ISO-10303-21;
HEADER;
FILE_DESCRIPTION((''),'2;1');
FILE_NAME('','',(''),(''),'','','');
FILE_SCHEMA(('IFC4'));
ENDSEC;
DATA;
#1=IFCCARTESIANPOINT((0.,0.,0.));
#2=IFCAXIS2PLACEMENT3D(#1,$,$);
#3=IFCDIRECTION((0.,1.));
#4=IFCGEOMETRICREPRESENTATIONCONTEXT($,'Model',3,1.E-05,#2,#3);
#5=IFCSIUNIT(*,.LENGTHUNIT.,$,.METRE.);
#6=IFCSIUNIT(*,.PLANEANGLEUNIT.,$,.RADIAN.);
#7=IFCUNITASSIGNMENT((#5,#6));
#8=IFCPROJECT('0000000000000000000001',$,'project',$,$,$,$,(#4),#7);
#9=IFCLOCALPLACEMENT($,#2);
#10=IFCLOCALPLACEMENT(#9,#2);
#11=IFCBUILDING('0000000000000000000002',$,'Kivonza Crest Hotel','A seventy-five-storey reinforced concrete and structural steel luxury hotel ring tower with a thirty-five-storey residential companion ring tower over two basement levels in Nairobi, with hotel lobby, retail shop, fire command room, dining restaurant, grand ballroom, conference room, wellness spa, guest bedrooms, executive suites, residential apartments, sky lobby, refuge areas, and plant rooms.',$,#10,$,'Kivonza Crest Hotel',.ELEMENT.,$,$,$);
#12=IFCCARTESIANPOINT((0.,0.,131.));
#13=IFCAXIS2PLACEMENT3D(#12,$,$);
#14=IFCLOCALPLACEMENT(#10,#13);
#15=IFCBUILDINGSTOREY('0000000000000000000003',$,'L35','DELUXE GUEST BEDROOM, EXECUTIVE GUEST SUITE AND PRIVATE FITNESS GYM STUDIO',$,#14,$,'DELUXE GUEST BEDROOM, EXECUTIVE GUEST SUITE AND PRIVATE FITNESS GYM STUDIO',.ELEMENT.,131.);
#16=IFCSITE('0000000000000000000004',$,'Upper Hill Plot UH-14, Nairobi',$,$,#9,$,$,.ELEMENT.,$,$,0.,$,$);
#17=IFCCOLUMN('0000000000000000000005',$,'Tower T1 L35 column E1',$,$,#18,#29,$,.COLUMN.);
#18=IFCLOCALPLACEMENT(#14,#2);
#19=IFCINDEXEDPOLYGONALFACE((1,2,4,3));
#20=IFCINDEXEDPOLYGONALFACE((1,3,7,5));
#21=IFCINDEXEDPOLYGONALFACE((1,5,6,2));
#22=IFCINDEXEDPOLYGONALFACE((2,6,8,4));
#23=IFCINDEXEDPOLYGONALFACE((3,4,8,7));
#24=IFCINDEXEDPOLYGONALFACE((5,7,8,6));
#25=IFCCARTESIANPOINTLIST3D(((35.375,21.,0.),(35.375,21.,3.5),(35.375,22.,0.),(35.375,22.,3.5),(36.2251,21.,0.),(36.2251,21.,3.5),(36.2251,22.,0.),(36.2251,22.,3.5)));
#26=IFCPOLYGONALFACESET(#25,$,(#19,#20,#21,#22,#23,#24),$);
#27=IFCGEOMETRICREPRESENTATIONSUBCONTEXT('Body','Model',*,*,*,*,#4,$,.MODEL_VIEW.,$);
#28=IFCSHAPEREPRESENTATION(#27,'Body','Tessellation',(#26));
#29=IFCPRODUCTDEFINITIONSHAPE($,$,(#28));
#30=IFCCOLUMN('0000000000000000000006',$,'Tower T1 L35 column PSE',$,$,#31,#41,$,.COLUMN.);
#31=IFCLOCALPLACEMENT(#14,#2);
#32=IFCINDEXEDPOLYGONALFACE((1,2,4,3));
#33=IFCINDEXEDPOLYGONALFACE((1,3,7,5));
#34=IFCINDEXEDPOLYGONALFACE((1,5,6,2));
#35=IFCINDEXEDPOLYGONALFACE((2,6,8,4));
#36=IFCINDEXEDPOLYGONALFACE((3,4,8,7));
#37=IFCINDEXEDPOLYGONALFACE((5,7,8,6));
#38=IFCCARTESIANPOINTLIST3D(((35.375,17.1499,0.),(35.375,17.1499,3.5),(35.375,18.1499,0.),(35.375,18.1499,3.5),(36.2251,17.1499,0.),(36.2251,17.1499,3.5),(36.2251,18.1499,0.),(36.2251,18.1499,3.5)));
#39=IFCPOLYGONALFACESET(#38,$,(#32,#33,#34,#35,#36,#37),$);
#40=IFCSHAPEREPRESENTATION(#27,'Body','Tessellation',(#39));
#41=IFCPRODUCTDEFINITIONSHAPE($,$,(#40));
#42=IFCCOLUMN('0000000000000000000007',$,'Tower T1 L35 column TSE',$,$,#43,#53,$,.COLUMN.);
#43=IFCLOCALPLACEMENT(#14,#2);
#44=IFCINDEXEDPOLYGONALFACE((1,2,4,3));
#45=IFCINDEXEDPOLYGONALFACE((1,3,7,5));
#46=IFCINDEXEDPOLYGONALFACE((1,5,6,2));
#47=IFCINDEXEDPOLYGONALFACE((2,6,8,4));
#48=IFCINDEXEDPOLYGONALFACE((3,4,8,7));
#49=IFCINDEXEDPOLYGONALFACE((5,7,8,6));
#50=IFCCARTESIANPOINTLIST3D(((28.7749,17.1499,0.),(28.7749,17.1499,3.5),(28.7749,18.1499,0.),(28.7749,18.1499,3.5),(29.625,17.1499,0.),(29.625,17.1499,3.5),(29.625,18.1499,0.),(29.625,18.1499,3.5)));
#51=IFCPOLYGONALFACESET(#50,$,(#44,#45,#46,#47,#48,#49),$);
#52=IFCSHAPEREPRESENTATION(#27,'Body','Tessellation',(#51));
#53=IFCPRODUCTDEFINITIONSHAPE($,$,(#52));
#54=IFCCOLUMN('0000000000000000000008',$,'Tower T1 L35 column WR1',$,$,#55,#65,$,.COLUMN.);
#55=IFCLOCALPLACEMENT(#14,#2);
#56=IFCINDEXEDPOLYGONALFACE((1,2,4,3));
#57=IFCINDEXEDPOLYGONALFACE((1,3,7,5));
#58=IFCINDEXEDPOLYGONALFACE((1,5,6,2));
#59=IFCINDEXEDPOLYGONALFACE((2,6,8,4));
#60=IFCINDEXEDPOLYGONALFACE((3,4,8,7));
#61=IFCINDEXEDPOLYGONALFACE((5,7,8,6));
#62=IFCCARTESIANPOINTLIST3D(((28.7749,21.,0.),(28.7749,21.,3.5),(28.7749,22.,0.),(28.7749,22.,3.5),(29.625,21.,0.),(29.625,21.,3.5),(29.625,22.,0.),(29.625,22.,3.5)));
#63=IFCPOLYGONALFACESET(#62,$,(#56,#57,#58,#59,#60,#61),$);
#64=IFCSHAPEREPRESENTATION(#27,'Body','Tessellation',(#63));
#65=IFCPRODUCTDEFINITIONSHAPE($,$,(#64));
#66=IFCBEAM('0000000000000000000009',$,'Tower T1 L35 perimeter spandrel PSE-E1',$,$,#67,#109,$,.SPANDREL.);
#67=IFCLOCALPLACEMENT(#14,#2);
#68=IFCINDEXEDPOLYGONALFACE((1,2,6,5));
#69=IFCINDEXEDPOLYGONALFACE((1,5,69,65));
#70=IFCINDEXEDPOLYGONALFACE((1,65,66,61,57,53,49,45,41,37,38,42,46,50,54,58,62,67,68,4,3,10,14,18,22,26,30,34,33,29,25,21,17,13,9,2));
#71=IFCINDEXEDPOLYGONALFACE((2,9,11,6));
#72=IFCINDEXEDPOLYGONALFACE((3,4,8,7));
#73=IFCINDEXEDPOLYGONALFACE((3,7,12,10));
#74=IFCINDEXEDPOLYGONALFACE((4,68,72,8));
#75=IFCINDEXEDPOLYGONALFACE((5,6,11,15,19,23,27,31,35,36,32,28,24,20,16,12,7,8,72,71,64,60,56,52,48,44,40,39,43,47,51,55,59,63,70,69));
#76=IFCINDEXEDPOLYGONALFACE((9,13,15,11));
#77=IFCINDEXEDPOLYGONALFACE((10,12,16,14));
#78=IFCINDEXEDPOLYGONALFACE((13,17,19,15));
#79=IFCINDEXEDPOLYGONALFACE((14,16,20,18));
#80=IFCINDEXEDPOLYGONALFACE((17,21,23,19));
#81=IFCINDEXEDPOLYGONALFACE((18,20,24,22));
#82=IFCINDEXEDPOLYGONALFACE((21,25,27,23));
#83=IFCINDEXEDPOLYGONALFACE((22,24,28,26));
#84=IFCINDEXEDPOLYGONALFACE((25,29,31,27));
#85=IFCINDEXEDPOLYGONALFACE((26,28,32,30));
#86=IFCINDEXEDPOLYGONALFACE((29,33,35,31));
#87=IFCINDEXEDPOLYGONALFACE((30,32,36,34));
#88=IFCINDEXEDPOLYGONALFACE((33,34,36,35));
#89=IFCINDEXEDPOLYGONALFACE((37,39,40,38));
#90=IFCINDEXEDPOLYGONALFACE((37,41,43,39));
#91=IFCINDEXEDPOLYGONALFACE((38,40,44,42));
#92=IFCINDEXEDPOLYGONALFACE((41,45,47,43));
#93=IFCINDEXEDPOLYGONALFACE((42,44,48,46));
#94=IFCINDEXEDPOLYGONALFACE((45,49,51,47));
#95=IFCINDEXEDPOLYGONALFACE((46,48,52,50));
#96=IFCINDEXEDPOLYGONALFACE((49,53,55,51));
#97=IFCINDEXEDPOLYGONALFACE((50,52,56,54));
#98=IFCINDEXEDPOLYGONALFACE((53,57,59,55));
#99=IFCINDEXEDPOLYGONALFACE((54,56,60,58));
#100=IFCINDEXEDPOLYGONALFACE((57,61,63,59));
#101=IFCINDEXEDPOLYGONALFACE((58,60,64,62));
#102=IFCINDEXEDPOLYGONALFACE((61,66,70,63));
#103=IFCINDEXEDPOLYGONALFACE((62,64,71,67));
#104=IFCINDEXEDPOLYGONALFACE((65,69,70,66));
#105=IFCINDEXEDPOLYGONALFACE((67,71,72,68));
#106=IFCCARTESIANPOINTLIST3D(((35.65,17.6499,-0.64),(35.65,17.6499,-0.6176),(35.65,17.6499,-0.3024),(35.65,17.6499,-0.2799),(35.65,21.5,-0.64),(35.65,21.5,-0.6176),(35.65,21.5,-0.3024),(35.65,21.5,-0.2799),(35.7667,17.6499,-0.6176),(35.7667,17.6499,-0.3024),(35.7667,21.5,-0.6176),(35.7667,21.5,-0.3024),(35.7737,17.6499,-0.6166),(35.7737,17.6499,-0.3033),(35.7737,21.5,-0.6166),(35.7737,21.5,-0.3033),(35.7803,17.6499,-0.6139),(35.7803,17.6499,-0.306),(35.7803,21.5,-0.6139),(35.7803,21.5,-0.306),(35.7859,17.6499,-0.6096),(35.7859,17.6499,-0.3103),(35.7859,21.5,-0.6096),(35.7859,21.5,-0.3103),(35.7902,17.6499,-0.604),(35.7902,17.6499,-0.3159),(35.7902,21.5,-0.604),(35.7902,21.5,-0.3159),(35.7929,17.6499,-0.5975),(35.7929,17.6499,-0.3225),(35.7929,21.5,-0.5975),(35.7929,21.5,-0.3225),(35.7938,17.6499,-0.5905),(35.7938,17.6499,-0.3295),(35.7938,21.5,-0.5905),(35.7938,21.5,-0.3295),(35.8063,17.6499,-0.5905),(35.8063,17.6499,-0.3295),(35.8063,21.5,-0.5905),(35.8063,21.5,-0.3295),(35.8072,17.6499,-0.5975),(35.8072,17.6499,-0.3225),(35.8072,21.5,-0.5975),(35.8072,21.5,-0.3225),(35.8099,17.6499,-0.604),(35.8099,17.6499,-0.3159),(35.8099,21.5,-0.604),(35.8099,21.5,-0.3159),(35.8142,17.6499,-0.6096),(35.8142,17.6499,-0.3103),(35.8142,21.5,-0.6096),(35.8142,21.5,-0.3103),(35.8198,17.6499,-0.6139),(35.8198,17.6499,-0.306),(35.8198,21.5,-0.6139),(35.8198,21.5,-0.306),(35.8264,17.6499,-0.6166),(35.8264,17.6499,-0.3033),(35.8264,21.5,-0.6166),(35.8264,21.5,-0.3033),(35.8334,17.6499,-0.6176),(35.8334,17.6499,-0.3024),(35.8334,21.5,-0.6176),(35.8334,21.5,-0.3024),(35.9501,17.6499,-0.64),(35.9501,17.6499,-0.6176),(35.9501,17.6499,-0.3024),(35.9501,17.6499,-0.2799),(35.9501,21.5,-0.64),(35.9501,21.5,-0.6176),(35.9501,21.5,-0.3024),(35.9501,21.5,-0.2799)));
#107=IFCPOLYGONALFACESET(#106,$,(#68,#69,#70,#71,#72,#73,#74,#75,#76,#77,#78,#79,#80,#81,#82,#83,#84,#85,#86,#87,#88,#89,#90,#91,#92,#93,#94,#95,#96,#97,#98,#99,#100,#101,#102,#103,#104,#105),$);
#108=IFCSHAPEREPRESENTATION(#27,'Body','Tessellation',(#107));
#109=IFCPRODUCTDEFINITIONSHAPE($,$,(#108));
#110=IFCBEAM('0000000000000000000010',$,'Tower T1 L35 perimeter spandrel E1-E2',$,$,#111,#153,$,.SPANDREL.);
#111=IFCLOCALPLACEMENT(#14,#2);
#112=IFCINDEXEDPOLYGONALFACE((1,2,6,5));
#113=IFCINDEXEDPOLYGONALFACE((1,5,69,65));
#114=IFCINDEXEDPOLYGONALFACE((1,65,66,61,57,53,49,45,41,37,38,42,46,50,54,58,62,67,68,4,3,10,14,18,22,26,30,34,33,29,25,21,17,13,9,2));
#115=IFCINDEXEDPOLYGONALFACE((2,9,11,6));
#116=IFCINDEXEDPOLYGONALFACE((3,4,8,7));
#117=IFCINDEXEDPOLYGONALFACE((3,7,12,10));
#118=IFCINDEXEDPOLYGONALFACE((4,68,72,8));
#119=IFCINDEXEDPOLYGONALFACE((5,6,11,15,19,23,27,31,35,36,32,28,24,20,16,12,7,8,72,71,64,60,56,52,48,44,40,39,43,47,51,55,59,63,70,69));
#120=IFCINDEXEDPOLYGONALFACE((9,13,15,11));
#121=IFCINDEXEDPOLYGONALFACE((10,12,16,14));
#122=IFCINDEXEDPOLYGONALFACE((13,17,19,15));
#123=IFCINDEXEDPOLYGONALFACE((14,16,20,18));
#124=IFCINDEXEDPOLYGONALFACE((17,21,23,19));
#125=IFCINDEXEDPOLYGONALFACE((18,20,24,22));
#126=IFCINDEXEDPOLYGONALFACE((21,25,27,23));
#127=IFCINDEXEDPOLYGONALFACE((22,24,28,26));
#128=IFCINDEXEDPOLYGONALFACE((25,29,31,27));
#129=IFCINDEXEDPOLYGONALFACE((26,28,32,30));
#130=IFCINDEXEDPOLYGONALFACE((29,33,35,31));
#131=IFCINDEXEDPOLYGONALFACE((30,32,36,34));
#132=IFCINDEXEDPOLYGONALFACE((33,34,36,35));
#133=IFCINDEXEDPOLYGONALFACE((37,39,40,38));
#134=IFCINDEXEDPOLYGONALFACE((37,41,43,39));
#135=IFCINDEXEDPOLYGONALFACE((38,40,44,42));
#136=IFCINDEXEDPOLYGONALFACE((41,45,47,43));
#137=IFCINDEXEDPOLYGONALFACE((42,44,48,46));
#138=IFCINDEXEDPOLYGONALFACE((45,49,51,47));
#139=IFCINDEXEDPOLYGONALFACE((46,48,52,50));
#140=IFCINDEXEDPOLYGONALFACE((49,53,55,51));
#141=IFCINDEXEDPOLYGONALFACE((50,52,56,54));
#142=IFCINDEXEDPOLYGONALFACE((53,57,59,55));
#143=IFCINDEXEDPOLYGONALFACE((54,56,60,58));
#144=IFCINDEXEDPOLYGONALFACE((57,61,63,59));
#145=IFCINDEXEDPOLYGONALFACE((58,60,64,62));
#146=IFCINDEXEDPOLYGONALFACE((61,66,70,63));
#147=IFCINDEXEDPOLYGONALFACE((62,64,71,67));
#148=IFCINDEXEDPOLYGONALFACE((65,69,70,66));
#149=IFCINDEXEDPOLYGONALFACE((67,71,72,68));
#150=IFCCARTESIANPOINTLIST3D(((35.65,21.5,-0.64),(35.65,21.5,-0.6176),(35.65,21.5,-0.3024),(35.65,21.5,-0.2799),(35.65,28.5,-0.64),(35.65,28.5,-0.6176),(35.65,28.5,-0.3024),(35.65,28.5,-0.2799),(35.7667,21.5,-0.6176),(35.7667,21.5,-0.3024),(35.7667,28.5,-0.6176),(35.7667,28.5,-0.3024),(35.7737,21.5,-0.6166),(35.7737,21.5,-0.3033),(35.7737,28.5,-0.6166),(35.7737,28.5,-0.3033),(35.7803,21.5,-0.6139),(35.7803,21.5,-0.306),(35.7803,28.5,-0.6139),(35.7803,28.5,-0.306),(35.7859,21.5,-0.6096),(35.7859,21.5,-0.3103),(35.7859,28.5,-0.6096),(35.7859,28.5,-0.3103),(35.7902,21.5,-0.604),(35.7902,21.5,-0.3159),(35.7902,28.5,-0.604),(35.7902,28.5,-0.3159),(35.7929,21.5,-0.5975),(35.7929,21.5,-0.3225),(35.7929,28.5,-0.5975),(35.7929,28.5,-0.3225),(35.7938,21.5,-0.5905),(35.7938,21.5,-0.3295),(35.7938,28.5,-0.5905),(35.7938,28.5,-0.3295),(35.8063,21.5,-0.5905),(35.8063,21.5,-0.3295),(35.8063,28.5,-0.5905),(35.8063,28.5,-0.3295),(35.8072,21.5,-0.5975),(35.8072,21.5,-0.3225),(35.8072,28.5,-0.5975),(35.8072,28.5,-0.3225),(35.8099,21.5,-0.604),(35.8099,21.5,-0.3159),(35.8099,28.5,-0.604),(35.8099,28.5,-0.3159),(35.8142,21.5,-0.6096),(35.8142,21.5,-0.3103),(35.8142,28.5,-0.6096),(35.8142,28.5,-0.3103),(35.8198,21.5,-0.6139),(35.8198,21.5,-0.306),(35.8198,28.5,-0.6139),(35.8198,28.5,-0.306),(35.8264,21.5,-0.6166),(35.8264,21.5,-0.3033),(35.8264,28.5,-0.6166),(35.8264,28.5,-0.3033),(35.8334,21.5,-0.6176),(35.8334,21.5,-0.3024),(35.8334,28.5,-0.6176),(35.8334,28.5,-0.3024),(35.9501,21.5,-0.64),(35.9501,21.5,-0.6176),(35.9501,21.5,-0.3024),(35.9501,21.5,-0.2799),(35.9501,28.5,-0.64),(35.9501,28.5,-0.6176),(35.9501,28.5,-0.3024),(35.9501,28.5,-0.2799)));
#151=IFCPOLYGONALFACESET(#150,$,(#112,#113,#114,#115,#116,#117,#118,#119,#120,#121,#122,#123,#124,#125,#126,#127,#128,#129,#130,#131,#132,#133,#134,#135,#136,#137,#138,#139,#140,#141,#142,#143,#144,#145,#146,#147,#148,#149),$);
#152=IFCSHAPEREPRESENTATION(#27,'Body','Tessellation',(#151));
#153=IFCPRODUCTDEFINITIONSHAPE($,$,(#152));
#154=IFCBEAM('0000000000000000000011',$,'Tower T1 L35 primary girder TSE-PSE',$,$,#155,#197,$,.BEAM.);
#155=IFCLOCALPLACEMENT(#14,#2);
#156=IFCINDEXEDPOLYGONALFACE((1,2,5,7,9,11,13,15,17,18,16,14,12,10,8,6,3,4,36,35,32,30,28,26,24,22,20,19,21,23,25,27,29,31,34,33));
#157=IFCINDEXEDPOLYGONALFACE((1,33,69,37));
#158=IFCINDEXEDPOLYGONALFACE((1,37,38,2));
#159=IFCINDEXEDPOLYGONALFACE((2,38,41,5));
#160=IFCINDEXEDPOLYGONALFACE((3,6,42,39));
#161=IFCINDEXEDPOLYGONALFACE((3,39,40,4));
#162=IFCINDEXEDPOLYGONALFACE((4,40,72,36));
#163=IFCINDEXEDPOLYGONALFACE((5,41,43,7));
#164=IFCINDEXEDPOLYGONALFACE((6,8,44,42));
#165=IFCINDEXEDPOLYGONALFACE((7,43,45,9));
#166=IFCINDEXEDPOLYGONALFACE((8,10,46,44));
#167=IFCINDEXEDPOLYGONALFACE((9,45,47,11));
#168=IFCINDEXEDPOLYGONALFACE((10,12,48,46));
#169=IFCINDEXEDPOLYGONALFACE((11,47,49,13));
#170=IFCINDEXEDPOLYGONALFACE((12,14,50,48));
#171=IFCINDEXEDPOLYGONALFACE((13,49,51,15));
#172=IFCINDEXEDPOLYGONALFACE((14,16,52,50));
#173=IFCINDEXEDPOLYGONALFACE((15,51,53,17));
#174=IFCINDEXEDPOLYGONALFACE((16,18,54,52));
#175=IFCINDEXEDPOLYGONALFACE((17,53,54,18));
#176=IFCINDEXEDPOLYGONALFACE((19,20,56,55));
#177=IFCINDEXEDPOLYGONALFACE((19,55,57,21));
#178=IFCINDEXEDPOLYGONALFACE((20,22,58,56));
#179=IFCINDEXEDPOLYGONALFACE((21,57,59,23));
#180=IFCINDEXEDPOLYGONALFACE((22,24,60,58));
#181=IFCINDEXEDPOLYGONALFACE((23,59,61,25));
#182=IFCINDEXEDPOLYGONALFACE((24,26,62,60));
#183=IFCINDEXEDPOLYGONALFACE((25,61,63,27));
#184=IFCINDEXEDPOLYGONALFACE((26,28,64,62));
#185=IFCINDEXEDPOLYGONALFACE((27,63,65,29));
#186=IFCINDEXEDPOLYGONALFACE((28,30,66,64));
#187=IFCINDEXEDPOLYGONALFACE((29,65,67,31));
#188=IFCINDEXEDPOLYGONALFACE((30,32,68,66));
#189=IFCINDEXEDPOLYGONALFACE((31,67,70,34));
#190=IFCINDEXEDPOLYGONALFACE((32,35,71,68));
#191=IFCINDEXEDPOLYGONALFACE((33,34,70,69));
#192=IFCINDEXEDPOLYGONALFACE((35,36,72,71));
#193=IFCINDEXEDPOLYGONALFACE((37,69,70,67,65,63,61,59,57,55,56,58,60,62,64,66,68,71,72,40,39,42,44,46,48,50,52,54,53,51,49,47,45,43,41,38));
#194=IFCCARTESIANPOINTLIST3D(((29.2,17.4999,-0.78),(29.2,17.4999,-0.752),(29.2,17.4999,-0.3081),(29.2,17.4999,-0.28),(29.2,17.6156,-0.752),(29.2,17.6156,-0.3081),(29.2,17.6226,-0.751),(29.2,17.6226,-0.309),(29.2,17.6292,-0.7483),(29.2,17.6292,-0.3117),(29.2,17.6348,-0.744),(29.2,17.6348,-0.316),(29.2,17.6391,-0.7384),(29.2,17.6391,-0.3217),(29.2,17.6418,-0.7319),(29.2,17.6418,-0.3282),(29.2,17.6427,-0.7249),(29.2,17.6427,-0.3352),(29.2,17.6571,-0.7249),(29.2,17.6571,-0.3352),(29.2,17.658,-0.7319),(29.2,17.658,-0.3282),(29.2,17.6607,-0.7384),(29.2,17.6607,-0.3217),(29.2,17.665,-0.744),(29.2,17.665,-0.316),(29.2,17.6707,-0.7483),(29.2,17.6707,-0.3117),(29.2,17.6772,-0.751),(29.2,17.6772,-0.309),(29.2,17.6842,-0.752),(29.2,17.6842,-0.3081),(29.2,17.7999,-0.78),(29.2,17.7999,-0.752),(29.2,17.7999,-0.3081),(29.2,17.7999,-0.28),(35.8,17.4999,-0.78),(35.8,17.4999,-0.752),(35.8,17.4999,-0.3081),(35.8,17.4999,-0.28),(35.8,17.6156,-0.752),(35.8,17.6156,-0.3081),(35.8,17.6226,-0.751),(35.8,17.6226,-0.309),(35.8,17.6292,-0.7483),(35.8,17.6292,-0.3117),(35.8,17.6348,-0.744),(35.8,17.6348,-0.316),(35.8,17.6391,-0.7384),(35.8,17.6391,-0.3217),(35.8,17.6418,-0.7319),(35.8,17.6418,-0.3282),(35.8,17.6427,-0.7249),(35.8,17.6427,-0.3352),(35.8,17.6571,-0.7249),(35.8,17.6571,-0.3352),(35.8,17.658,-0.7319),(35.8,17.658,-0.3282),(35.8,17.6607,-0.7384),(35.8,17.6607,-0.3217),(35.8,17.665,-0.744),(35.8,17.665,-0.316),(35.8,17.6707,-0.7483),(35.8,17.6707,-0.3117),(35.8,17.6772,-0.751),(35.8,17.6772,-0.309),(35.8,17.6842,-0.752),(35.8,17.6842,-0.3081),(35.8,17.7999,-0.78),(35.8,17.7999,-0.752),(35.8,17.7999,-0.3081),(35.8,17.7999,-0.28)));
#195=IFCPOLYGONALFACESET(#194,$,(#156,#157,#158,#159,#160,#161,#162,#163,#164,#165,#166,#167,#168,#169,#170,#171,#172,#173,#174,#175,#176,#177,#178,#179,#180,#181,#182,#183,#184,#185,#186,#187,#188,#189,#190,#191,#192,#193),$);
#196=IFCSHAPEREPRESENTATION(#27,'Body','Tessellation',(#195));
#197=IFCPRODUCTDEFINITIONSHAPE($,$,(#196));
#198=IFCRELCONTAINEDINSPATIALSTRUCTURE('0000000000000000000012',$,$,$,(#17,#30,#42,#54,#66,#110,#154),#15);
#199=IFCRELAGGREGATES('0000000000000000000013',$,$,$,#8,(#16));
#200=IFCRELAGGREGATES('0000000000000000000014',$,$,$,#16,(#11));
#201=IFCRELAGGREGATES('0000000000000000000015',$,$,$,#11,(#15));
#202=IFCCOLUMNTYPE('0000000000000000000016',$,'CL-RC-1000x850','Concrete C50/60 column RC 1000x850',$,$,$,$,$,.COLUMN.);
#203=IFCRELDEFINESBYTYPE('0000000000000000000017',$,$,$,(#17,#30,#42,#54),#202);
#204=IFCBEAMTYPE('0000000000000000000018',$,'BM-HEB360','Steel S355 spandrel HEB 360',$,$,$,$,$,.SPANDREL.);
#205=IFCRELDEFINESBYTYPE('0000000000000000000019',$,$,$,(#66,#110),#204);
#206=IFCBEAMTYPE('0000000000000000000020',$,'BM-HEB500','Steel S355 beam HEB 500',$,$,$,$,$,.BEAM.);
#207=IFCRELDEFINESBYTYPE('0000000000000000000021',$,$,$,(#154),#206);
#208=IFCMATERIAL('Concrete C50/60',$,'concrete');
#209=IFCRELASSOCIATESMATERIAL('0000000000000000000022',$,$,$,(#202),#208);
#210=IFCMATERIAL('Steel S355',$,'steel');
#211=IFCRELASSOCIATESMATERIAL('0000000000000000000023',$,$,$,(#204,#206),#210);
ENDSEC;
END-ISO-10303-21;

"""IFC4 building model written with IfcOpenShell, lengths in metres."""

from ifc_helpers import new_model, si_unit, direction, frame, origin, origin_2d, place, context, subcontext, project, spatial, rectangle, i_section, extrude, material, material_profile, profile_set, type_object, element, save


model = new_model("IFC4")

# Units and contexts
model_context = context("Model", 3, precision=1e-05, world=origin(), true_north=direction((0.0, 1.0)))
body_context = subcontext(model_context, "Body", "Model", "MODEL_VIEW")
ifc_project = project(units=[si_unit("LENGTHUNIT", "METRE"), si_unit("PLANEANGLEUNIT", "RADIAN")], contexts=[model_context])

# Site, building, storey
site_placement = place(None, origin())
site = spatial("IfcSite", under=ifc_project, at=site_placement, Name="Upper Hill Plot UH-14, Nairobi", CompositionType="ELEMENT", RefElevation=0.0)
building_placement = place(site_placement, origin())
building = spatial("IfcBuilding", under=site, at=building_placement, Name="Kivonza Crest Hotel", Description="A seventy-five-storey reinforced concrete and structural steel luxury hotel ring tower with a thirty-five-storey residential companion ring tower over two basement levels in Nairobi, with hotel lobby, retail shop, fire command room, dining restaurant, grand ballroom, conference room, wellness spa, guest bedrooms, executive suites, residential apartments, sky lobby, refuge areas, and plant rooms.", LongName="Kivonza Crest Hotel", CompositionType="ELEMENT")
storey_placement = place(building_placement, frame((0.0, 0.0, 131.0)))
storey = spatial("IfcBuildingStorey", under=building, at=storey_placement, Name="L35", Description="DELUXE GUEST BEDROOM, EXECUTIVE GUEST SUITE AND PRIVATE FITNESS GYM STUDIO", LongName="DELUXE GUEST BEDROOM, EXECUTIVE GUEST SUITE AND PRIVATE FITNESS GYM STUDIO", CompositionType="ELEMENT", Elevation=131.0)

# Columns
ifc_material_1 = material(Name="Concrete C50/60", Category="concrete")
ifc_material_profile_1 = material_profile(ifc_material_1, rectangle(XDim=0.8501, YDim=1.0, at=origin_2d()), Name="RC 1000x850")
ifc_profile_set_1 = profile_set([ifc_material_profile_1], Name="Concrete C50/60")
column_type = type_object("IfcColumnType", Name="CL-RC-1000x850", Description="Concrete C50/60 column RC 1000x850", PredefinedType="COLUMN", material=ifc_profile_set_1)
for number, where, z_axis, x_axis, name in (
    (1, (35.8, 21.5, 0.0), (0.0, 0.0, 1.0), (1.0, 0.0, 0.0), "Tower T1 L35 column E1"),
    (2, (35.8, 17.6499, 0.0), (0.0, 0.0, 1.0), (1.0, 0.0, 0.0), "Tower T1 L35 column PSE"),
    (3, (29.2, 17.6499, 0.0), (0.0, 0.0, 1.0), (1.0, 0.0, 0.0), "Tower T1 L35 column TSE"),
    (4, (29.2, 21.5, 0.0), (0.0, 0.0, 1.0), (1.0, 0.0, 0.0), "Tower T1 L35 column WR1"),
):
    element("IfcColumn", number, at=place(storey_placement, frame(where, z_axis=z_axis, x_axis=x_axis)), inside=storey, type_object=column_type, Name=name, PredefinedType="COLUMN", context=body_context, shape_type="SweptSolid", body=[
        extrude(rectangle(XDim=0.8501, YDim=1.0, at=origin_2d()), origin(), (0.0, 0.0, 1.0), 3.5),
    ])

# Beams
ifc_material_2 = material(Name="Steel S355", Category="steel")
ifc_material_profile_2 = material_profile(ifc_material_2, i_section(OverallWidth=0.3, OverallDepth=0.3601, WebThickness=0.0125, FlangeThickness=0.0225, FilletRadius=0.0271, at=origin_2d()), Name="HEB 360")
ifc_profile_set_2 = profile_set([ifc_material_profile_2], Name="Steel S355")
beam_type_1 = type_object("IfcBeamType", Name="BM-HEB360", Description="Steel S355 spandrel HEB 360", PredefinedType="SPANDREL", material=ifc_profile_set_2)
beam_1_placement = place(storey_placement, frame((35.8, 17.6499, -0.46), z_axis=(0.0, 1.0, 0.0), x_axis=(-1.0, 0.0, 0.0)))
element("IfcBeam", 5, at=beam_1_placement, inside=storey, type_object=beam_type_1, Name="Tower T1 L35 perimeter spandrel PSE-E1", PredefinedType="SPANDREL", context=body_context, shape_type="SweptSolid", body=[
    extrude(i_section(OverallWidth=0.3, OverallDepth=0.3601, WebThickness=0.0125, FlangeThickness=0.0225, FilletRadius=0.0271, at=origin_2d()), origin(), (0.0, 0.0, 1.0), 3.8501),
])
beam_2_placement = place(storey_placement, frame((35.8, 21.5, -0.46), z_axis=(0.0, 1.0, 0.0), x_axis=(-1.0, 0.0, 0.0)))
element("IfcBeam", 6, at=beam_2_placement, inside=storey, type_object=beam_type_1, Name="Tower T1 L35 perimeter spandrel E1-E2", PredefinedType="SPANDREL", context=body_context, shape_type="SweptSolid", body=[
    extrude(i_section(OverallWidth=0.3, OverallDepth=0.3601, WebThickness=0.0125, FlangeThickness=0.0225, FilletRadius=0.0271, at=origin_2d()), origin(), (0.0, 0.0, 1.0), 7.0),
])
ifc_material_profile_3 = material_profile(ifc_material_2, i_section(OverallWidth=0.3, OverallDepth=0.5, WebThickness=0.0144, FlangeThickness=0.0281, FilletRadius=0.0271, at=origin_2d()), Name="HEB 500")
ifc_profile_set_3 = profile_set([ifc_material_profile_3], Name="Steel S355")
beam_type_2 = type_object("IfcBeamType", Name="BM-HEB500", Description="Steel S355 beam HEB 500", PredefinedType="BEAM", material=ifc_profile_set_3)
beam_3_placement = place(storey_placement, frame((29.2, 17.6499, -0.53), z_axis=(1.0, 0.0, 0.0), x_axis=(0.0, 1.0, 0.0)))
element("IfcBeam", 7, at=beam_3_placement, inside=storey, type_object=beam_type_2, Name="Tower T1 L35 primary girder TSE-PSE", PredefinedType="BEAM", context=body_context, shape_type="SweptSolid", body=[
    extrude(i_section(OverallWidth=0.3, OverallDepth=0.5, WebThickness=0.0144, FlangeThickness=0.0281, FilletRadius=0.0271, at=origin_2d()), origin(), (0.0, 0.0, 1.0), 6.6001),
])

save(model, "model.ifc")
